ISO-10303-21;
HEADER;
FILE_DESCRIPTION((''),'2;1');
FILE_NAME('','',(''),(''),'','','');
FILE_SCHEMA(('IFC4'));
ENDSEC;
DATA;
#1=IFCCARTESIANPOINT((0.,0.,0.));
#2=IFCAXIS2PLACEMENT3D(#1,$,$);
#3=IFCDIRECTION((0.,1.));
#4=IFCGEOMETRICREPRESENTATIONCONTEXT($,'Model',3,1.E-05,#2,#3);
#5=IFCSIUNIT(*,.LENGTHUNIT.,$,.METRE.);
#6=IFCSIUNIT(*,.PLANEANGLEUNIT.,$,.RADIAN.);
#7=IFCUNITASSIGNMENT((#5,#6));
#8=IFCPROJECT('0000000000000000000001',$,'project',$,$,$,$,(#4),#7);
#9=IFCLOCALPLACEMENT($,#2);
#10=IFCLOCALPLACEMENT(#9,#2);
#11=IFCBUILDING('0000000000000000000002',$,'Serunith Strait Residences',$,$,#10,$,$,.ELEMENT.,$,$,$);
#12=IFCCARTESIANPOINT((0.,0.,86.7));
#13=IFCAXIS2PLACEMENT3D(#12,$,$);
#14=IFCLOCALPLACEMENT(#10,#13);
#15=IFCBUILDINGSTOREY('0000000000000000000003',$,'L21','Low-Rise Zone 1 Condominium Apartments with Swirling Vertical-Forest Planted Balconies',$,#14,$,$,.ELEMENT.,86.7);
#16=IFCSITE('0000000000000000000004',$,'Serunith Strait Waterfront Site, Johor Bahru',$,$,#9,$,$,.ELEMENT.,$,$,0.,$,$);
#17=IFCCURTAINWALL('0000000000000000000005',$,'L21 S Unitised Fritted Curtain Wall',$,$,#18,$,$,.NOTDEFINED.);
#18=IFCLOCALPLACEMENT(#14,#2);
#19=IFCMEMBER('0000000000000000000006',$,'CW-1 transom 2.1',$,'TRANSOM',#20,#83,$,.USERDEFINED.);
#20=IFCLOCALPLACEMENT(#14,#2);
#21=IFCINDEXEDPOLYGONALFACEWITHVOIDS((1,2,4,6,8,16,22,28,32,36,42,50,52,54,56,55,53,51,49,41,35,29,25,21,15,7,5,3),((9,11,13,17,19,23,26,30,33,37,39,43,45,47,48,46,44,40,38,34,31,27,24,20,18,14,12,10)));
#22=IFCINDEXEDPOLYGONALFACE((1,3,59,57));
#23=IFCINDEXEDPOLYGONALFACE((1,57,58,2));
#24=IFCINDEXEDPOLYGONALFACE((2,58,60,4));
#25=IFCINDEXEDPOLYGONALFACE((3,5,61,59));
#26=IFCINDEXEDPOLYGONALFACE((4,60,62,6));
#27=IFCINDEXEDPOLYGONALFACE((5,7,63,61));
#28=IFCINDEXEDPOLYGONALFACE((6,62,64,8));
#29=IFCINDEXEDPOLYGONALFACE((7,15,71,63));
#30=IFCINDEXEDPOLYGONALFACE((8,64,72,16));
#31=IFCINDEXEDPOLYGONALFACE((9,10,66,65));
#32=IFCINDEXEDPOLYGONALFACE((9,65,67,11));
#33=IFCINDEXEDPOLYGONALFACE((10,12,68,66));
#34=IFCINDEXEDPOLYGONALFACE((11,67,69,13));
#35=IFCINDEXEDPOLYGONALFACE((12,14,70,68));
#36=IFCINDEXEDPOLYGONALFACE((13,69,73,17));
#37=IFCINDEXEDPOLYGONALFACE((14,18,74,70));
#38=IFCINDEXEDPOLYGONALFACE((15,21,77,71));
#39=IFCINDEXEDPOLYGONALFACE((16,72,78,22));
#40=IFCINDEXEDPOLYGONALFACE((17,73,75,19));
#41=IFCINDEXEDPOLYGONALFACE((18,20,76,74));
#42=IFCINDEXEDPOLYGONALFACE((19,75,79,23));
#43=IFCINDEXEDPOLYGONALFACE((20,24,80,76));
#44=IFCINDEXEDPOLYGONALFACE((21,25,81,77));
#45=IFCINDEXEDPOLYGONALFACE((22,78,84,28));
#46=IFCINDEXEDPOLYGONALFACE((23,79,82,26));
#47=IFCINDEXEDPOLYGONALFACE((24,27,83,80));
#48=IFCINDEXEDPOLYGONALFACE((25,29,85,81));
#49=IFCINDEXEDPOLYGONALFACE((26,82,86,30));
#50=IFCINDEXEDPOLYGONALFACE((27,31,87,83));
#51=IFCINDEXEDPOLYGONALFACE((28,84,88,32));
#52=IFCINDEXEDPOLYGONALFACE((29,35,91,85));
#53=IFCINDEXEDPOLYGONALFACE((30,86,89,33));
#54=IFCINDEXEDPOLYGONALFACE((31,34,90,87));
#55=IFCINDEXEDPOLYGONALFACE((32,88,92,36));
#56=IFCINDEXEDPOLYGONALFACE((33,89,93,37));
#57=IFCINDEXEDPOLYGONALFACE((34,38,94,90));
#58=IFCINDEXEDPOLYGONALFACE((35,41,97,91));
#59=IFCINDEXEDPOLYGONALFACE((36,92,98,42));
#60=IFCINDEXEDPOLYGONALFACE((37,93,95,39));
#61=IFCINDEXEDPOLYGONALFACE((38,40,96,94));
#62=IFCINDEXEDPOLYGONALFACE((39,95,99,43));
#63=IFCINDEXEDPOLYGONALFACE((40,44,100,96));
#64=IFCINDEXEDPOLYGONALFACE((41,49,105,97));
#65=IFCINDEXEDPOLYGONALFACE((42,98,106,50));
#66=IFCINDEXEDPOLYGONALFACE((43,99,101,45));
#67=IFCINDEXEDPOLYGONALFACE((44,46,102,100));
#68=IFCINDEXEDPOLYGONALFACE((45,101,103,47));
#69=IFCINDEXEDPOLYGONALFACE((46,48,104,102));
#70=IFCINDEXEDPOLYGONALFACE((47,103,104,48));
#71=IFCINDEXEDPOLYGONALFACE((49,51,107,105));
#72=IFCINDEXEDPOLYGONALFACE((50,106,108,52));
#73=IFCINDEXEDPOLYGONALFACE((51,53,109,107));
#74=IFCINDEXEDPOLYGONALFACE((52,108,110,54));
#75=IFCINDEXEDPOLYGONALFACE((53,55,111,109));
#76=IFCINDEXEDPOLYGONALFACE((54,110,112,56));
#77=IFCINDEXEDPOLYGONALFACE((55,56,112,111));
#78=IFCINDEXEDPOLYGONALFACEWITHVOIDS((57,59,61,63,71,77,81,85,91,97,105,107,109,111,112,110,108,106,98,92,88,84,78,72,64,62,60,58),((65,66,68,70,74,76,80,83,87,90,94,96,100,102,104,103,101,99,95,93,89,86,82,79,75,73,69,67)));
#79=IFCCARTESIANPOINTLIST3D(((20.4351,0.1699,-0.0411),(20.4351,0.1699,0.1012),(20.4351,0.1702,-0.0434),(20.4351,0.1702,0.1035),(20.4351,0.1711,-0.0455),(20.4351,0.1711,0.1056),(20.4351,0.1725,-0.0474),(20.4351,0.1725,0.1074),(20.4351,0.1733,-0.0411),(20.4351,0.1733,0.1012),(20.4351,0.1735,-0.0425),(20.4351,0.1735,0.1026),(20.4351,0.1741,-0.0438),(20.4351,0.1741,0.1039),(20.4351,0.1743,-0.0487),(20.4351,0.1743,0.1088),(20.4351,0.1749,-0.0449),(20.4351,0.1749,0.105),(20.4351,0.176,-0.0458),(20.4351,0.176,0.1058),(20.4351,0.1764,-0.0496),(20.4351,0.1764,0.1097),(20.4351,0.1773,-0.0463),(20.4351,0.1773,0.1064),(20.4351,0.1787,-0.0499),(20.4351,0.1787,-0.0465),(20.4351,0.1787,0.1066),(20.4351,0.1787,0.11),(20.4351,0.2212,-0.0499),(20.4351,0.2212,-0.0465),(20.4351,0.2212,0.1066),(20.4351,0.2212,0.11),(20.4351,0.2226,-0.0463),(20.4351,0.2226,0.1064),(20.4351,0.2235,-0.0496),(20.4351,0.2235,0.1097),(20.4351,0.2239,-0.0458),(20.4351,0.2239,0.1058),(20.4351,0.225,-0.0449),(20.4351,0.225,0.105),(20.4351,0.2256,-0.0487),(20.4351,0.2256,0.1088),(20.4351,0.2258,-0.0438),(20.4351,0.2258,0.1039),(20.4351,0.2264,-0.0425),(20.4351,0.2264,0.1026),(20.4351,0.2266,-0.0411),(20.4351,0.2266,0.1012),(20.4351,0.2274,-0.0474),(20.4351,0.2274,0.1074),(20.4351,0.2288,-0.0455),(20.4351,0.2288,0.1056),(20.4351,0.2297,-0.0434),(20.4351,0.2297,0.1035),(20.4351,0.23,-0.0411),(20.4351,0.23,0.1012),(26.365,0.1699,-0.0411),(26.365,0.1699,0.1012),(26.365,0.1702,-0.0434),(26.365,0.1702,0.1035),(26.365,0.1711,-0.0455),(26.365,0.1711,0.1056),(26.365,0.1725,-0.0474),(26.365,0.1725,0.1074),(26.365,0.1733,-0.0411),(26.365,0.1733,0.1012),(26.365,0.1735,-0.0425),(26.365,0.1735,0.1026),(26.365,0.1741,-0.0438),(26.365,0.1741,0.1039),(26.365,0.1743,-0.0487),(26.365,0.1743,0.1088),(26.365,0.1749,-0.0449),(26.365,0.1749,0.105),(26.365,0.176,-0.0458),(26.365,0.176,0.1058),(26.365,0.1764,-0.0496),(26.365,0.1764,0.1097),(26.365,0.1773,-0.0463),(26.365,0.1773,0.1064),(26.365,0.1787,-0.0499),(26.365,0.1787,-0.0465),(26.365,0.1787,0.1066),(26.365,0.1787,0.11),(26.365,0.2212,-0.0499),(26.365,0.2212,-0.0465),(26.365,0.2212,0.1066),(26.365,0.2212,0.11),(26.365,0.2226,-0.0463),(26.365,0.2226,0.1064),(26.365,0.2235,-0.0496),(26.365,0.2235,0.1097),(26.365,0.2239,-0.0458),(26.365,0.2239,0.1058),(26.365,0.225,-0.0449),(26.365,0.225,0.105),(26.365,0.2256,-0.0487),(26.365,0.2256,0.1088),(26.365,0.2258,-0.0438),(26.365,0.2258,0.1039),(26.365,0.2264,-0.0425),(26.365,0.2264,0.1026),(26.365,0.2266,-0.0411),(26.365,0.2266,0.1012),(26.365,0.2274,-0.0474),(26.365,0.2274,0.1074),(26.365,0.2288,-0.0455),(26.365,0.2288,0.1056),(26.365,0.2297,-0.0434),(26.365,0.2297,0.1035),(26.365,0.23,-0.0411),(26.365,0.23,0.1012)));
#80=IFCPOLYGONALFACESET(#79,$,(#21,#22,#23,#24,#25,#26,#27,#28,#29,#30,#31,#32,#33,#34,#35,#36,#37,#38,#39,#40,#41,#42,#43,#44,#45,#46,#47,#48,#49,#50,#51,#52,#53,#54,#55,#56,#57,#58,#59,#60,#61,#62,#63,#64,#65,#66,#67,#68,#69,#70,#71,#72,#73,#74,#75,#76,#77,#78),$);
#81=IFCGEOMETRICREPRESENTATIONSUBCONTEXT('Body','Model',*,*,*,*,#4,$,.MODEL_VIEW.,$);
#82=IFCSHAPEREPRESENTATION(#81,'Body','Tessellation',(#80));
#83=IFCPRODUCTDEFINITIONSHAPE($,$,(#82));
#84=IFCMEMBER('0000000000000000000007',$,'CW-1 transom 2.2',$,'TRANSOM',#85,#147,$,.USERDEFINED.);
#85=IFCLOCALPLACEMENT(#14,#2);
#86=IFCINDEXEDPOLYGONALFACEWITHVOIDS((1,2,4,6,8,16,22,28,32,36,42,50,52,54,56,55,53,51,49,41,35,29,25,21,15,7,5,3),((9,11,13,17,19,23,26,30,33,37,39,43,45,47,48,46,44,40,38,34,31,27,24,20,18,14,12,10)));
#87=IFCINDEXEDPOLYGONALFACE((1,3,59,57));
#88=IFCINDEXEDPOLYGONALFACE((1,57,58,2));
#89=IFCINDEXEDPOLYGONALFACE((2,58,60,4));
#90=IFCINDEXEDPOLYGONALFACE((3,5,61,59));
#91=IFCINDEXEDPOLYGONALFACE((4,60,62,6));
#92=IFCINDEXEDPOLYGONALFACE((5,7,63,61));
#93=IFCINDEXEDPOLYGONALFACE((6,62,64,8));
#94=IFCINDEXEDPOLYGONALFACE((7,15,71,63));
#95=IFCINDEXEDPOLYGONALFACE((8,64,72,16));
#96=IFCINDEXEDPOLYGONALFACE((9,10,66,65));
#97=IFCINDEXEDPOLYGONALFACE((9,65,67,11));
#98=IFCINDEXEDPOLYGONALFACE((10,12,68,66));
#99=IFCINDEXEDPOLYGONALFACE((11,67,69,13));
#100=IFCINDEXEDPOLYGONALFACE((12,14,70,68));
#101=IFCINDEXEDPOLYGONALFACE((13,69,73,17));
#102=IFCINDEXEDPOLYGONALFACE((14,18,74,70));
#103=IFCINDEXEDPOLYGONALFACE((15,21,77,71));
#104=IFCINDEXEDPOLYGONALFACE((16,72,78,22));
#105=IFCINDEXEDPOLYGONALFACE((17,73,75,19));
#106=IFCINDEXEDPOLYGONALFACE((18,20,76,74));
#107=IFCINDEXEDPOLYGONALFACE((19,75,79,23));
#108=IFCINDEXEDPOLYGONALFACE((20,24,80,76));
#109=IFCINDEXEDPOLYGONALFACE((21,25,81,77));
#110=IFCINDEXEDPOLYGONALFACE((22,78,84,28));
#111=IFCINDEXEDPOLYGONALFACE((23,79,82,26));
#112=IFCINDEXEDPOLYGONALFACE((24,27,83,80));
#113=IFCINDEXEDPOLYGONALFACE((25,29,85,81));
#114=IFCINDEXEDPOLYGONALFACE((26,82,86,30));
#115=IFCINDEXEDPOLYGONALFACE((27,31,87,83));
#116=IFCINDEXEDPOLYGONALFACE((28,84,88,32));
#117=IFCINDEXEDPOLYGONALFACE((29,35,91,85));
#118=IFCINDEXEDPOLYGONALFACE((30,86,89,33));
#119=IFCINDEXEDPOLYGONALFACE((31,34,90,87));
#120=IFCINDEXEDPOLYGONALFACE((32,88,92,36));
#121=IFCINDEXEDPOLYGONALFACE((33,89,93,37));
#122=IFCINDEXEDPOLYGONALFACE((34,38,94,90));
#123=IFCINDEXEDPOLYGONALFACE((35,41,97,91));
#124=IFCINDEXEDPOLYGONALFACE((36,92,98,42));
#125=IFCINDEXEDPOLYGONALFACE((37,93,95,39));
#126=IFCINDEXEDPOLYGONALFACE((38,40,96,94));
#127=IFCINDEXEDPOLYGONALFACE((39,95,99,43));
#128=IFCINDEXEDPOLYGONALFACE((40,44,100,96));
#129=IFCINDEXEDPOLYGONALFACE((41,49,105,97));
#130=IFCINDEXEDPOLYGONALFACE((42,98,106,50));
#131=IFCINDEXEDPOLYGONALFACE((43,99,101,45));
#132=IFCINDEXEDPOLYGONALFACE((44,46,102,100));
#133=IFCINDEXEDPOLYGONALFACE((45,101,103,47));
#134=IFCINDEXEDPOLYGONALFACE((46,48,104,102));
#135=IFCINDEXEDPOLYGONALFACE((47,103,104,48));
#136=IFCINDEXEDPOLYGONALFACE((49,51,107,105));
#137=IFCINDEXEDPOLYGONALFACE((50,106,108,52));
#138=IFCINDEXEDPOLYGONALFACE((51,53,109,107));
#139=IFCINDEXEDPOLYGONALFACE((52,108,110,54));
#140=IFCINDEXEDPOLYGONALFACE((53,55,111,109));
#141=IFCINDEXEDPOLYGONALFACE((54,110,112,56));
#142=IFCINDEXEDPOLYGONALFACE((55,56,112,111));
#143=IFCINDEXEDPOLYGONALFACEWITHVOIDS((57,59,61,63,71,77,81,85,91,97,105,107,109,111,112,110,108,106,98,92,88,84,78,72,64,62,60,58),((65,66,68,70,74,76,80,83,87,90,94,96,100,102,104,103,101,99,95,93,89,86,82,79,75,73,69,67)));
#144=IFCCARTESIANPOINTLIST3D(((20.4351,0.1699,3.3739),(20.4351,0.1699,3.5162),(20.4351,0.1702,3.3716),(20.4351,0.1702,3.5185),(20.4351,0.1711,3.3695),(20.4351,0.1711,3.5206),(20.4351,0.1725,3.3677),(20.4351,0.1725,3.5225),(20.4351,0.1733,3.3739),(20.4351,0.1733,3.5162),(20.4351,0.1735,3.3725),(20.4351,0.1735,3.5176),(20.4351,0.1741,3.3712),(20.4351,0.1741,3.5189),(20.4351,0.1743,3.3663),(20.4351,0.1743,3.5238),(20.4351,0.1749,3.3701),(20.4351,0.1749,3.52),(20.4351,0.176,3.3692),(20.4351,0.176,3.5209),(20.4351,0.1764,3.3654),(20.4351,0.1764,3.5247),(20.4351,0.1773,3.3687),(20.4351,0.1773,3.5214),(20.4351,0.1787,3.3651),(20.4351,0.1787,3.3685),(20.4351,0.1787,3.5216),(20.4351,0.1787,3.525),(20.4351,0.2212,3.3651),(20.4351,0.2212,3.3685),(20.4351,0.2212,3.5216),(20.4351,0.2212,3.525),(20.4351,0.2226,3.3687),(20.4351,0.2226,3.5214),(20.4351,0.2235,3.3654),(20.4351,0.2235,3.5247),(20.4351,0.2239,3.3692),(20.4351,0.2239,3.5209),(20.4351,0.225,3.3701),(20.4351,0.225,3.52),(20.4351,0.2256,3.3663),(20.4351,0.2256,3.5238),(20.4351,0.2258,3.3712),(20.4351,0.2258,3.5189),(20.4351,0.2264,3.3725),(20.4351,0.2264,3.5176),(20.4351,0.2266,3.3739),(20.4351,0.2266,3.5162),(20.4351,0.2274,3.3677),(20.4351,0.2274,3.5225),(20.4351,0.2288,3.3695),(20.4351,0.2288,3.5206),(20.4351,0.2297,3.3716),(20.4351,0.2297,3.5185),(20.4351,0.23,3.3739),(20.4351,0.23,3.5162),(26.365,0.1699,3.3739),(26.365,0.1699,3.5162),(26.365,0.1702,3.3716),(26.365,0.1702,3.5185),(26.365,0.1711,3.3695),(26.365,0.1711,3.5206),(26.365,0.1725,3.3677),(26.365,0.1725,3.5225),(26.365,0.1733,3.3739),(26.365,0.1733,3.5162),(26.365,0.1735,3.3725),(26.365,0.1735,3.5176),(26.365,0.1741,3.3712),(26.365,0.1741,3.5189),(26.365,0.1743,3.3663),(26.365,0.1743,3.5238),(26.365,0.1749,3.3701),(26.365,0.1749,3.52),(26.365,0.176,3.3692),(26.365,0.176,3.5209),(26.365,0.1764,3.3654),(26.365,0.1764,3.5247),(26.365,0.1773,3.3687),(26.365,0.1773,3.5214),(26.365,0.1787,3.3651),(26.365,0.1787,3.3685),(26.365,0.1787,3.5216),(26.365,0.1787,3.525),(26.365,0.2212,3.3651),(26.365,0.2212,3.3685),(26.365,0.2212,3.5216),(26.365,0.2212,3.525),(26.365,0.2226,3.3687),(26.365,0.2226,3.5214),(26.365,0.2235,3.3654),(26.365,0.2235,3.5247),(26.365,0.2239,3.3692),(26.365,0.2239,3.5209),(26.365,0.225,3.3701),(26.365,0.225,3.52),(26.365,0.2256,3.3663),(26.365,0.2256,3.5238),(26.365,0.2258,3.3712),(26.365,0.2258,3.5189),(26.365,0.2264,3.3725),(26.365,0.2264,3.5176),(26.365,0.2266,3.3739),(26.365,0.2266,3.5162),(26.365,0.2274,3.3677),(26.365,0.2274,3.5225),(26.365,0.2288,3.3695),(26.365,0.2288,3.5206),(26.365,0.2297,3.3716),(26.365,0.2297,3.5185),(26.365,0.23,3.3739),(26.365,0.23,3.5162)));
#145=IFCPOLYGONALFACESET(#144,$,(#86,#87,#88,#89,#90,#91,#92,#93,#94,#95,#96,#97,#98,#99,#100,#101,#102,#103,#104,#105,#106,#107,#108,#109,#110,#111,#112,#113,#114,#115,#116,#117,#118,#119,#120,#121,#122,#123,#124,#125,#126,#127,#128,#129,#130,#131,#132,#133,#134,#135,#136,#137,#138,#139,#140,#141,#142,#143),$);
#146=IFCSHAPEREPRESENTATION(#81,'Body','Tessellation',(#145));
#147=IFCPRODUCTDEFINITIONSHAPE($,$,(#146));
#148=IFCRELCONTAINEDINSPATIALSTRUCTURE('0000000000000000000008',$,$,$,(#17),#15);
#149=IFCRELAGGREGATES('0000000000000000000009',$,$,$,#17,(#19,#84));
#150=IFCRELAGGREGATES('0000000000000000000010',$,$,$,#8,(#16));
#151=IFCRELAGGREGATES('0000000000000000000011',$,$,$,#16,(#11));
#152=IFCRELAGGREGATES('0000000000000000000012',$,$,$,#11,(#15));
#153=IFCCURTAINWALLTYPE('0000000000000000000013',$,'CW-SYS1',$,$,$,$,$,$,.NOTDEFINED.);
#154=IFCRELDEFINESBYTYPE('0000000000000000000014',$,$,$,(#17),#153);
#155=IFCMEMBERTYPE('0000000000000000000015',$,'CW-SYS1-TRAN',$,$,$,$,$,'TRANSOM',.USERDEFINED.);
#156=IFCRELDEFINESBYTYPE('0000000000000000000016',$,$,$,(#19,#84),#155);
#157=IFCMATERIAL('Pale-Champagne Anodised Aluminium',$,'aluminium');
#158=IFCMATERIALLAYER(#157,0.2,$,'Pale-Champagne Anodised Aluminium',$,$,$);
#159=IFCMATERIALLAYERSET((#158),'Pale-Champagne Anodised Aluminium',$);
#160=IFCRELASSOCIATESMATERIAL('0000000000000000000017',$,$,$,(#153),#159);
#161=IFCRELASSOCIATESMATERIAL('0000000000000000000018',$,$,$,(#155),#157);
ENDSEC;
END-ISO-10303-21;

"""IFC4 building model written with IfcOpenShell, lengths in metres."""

from ifc_helpers import new_model, si_unit, direction, frame, origin, origin_2d, place, context, subcontext, project, spatial, hollow_rectangle, extrude, source, transform, mapped, material, layer, layer_set, material_profile, profile_set, type_object, element, aggregate, save


model = new_model("IFC4")

# Units and contexts
model_context = context("Model", 3, precision=1e-05, world=origin(), true_north=direction((0.0, 1.0)))
body_context = subcontext(model_context, "Body", "Model", "MODEL_VIEW")
ifc_project = project(units=[si_unit("LENGTHUNIT", "METRE"), si_unit("PLANEANGLEUNIT", "RADIAN")], contexts=[model_context])

# Site, building, storey
site_placement = place(None, origin())
site = spatial("IfcSite", under=ifc_project, at=site_placement, Name="Serunith Strait Waterfront Site, Johor Bahru", CompositionType="ELEMENT", RefElevation=0.0)
building_placement = place(site_placement, origin())
building = spatial("IfcBuilding", under=site, at=building_placement, Name="Serunith Strait Residences", CompositionType="ELEMENT")
storey_placement = place(building_placement, frame((0.0, 0.0, 86.7)))
storey = spatial("IfcBuildingStorey", under=building, at=storey_placement, Name="L21", Description="Low-Rise Zone 1 Condominium Apartments with Swirling Vertical-Forest Planted Balconies", CompositionType="ELEMENT", Elevation=86.7)

# Curtain wall, members
ifc_material_1 = material(Name="Pale-Champagne Anodised Aluminium", Category="aluminium")
ifc_layer_1 = layer(ifc_material_1, 0.2, Name="Pale-Champagne Anodised Aluminium")
ifc_layer_set_1 = layer_set([ifc_layer_1], Name="Pale-Champagne Anodised Aluminium")
curtain_wall_type = type_object("IfcCurtainWallType", Name="CW-SYS1", PredefinedType="NOTDEFINED", material=ifc_layer_set_1)
curtain_wall_placement = place(storey_placement, origin())
curtain_wall = element("IfcCurtainWall", 1, at=curtain_wall_placement, inside=storey, type_object=curtain_wall_type, Name="L21 S Unitised Fritted Curtain Wall", PredefinedType="NOTDEFINED")
ifc_material_profile_1 = material_profile(ifc_material_1, hollow_rectangle(XDim=0.0601, YDim=0.1599, WallThickness=0.0034, InnerFilletRadius=0.0054, OuterFilletRadius=0.0088, at=origin_2d()), Name="ALU 160x60x3.5")
ifc_profile_set_1 = profile_set([ifc_material_profile_1], Name="Pale-Champagne Anodised Aluminium")
member_type_1 = type_object("IfcMemberType", Name="CW-SYS1-TRAN", ElementType="TRANSOM", PredefinedType="USERDEFINED", material=ifc_profile_set_1)
shared_shape_1 = source(origin(), body_context, "Body", "SweptSolid", [
    extrude(hollow_rectangle(XDim=0.0601, YDim=0.1599, WallThickness=0.0034, InnerFilletRadius=0.0054, OuterFilletRadius=0.0088, at=origin_2d()), origin(), (0.0, 0.0, 1.0), 5.9299),
])
member_1_placement = place(storey_placement, frame((20.4351, 0.2, 0.03), z_axis=(1.0, 0.0, 0.0), x_axis=(0.0, 1.0, 0.0)))
member_1 = element("IfcMember", 2, at=member_1_placement, type_object=member_type_1, Name="CW-1 transom 2.1", ObjectType="TRANSOM", PredefinedType="USERDEFINED", context=body_context, shape_type="MappedRepresentation", body=[
    mapped(shared_shape_1, transform((0.0, 0.0, 0.0), scale=1.0)),
])
member_2_placement = place(storey_placement, frame((20.4351, 0.2, 3.4451), z_axis=(1.0, 0.0, 0.0), x_axis=(0.0, 1.0, 0.0)))
member_2 = element("IfcMember", 3, at=member_2_placement, type_object=member_type_1, Name="CW-1 transom 2.2", ObjectType="TRANSOM", PredefinedType="USERDEFINED", context=body_context, shape_type="MappedRepresentation", body=[
    mapped(shared_shape_1, transform((0.0, 0.0, 0.0), scale=1.0)),
])
aggregate(curtain_wall, [member_1, member_2])

save(model, "model.ifc")
